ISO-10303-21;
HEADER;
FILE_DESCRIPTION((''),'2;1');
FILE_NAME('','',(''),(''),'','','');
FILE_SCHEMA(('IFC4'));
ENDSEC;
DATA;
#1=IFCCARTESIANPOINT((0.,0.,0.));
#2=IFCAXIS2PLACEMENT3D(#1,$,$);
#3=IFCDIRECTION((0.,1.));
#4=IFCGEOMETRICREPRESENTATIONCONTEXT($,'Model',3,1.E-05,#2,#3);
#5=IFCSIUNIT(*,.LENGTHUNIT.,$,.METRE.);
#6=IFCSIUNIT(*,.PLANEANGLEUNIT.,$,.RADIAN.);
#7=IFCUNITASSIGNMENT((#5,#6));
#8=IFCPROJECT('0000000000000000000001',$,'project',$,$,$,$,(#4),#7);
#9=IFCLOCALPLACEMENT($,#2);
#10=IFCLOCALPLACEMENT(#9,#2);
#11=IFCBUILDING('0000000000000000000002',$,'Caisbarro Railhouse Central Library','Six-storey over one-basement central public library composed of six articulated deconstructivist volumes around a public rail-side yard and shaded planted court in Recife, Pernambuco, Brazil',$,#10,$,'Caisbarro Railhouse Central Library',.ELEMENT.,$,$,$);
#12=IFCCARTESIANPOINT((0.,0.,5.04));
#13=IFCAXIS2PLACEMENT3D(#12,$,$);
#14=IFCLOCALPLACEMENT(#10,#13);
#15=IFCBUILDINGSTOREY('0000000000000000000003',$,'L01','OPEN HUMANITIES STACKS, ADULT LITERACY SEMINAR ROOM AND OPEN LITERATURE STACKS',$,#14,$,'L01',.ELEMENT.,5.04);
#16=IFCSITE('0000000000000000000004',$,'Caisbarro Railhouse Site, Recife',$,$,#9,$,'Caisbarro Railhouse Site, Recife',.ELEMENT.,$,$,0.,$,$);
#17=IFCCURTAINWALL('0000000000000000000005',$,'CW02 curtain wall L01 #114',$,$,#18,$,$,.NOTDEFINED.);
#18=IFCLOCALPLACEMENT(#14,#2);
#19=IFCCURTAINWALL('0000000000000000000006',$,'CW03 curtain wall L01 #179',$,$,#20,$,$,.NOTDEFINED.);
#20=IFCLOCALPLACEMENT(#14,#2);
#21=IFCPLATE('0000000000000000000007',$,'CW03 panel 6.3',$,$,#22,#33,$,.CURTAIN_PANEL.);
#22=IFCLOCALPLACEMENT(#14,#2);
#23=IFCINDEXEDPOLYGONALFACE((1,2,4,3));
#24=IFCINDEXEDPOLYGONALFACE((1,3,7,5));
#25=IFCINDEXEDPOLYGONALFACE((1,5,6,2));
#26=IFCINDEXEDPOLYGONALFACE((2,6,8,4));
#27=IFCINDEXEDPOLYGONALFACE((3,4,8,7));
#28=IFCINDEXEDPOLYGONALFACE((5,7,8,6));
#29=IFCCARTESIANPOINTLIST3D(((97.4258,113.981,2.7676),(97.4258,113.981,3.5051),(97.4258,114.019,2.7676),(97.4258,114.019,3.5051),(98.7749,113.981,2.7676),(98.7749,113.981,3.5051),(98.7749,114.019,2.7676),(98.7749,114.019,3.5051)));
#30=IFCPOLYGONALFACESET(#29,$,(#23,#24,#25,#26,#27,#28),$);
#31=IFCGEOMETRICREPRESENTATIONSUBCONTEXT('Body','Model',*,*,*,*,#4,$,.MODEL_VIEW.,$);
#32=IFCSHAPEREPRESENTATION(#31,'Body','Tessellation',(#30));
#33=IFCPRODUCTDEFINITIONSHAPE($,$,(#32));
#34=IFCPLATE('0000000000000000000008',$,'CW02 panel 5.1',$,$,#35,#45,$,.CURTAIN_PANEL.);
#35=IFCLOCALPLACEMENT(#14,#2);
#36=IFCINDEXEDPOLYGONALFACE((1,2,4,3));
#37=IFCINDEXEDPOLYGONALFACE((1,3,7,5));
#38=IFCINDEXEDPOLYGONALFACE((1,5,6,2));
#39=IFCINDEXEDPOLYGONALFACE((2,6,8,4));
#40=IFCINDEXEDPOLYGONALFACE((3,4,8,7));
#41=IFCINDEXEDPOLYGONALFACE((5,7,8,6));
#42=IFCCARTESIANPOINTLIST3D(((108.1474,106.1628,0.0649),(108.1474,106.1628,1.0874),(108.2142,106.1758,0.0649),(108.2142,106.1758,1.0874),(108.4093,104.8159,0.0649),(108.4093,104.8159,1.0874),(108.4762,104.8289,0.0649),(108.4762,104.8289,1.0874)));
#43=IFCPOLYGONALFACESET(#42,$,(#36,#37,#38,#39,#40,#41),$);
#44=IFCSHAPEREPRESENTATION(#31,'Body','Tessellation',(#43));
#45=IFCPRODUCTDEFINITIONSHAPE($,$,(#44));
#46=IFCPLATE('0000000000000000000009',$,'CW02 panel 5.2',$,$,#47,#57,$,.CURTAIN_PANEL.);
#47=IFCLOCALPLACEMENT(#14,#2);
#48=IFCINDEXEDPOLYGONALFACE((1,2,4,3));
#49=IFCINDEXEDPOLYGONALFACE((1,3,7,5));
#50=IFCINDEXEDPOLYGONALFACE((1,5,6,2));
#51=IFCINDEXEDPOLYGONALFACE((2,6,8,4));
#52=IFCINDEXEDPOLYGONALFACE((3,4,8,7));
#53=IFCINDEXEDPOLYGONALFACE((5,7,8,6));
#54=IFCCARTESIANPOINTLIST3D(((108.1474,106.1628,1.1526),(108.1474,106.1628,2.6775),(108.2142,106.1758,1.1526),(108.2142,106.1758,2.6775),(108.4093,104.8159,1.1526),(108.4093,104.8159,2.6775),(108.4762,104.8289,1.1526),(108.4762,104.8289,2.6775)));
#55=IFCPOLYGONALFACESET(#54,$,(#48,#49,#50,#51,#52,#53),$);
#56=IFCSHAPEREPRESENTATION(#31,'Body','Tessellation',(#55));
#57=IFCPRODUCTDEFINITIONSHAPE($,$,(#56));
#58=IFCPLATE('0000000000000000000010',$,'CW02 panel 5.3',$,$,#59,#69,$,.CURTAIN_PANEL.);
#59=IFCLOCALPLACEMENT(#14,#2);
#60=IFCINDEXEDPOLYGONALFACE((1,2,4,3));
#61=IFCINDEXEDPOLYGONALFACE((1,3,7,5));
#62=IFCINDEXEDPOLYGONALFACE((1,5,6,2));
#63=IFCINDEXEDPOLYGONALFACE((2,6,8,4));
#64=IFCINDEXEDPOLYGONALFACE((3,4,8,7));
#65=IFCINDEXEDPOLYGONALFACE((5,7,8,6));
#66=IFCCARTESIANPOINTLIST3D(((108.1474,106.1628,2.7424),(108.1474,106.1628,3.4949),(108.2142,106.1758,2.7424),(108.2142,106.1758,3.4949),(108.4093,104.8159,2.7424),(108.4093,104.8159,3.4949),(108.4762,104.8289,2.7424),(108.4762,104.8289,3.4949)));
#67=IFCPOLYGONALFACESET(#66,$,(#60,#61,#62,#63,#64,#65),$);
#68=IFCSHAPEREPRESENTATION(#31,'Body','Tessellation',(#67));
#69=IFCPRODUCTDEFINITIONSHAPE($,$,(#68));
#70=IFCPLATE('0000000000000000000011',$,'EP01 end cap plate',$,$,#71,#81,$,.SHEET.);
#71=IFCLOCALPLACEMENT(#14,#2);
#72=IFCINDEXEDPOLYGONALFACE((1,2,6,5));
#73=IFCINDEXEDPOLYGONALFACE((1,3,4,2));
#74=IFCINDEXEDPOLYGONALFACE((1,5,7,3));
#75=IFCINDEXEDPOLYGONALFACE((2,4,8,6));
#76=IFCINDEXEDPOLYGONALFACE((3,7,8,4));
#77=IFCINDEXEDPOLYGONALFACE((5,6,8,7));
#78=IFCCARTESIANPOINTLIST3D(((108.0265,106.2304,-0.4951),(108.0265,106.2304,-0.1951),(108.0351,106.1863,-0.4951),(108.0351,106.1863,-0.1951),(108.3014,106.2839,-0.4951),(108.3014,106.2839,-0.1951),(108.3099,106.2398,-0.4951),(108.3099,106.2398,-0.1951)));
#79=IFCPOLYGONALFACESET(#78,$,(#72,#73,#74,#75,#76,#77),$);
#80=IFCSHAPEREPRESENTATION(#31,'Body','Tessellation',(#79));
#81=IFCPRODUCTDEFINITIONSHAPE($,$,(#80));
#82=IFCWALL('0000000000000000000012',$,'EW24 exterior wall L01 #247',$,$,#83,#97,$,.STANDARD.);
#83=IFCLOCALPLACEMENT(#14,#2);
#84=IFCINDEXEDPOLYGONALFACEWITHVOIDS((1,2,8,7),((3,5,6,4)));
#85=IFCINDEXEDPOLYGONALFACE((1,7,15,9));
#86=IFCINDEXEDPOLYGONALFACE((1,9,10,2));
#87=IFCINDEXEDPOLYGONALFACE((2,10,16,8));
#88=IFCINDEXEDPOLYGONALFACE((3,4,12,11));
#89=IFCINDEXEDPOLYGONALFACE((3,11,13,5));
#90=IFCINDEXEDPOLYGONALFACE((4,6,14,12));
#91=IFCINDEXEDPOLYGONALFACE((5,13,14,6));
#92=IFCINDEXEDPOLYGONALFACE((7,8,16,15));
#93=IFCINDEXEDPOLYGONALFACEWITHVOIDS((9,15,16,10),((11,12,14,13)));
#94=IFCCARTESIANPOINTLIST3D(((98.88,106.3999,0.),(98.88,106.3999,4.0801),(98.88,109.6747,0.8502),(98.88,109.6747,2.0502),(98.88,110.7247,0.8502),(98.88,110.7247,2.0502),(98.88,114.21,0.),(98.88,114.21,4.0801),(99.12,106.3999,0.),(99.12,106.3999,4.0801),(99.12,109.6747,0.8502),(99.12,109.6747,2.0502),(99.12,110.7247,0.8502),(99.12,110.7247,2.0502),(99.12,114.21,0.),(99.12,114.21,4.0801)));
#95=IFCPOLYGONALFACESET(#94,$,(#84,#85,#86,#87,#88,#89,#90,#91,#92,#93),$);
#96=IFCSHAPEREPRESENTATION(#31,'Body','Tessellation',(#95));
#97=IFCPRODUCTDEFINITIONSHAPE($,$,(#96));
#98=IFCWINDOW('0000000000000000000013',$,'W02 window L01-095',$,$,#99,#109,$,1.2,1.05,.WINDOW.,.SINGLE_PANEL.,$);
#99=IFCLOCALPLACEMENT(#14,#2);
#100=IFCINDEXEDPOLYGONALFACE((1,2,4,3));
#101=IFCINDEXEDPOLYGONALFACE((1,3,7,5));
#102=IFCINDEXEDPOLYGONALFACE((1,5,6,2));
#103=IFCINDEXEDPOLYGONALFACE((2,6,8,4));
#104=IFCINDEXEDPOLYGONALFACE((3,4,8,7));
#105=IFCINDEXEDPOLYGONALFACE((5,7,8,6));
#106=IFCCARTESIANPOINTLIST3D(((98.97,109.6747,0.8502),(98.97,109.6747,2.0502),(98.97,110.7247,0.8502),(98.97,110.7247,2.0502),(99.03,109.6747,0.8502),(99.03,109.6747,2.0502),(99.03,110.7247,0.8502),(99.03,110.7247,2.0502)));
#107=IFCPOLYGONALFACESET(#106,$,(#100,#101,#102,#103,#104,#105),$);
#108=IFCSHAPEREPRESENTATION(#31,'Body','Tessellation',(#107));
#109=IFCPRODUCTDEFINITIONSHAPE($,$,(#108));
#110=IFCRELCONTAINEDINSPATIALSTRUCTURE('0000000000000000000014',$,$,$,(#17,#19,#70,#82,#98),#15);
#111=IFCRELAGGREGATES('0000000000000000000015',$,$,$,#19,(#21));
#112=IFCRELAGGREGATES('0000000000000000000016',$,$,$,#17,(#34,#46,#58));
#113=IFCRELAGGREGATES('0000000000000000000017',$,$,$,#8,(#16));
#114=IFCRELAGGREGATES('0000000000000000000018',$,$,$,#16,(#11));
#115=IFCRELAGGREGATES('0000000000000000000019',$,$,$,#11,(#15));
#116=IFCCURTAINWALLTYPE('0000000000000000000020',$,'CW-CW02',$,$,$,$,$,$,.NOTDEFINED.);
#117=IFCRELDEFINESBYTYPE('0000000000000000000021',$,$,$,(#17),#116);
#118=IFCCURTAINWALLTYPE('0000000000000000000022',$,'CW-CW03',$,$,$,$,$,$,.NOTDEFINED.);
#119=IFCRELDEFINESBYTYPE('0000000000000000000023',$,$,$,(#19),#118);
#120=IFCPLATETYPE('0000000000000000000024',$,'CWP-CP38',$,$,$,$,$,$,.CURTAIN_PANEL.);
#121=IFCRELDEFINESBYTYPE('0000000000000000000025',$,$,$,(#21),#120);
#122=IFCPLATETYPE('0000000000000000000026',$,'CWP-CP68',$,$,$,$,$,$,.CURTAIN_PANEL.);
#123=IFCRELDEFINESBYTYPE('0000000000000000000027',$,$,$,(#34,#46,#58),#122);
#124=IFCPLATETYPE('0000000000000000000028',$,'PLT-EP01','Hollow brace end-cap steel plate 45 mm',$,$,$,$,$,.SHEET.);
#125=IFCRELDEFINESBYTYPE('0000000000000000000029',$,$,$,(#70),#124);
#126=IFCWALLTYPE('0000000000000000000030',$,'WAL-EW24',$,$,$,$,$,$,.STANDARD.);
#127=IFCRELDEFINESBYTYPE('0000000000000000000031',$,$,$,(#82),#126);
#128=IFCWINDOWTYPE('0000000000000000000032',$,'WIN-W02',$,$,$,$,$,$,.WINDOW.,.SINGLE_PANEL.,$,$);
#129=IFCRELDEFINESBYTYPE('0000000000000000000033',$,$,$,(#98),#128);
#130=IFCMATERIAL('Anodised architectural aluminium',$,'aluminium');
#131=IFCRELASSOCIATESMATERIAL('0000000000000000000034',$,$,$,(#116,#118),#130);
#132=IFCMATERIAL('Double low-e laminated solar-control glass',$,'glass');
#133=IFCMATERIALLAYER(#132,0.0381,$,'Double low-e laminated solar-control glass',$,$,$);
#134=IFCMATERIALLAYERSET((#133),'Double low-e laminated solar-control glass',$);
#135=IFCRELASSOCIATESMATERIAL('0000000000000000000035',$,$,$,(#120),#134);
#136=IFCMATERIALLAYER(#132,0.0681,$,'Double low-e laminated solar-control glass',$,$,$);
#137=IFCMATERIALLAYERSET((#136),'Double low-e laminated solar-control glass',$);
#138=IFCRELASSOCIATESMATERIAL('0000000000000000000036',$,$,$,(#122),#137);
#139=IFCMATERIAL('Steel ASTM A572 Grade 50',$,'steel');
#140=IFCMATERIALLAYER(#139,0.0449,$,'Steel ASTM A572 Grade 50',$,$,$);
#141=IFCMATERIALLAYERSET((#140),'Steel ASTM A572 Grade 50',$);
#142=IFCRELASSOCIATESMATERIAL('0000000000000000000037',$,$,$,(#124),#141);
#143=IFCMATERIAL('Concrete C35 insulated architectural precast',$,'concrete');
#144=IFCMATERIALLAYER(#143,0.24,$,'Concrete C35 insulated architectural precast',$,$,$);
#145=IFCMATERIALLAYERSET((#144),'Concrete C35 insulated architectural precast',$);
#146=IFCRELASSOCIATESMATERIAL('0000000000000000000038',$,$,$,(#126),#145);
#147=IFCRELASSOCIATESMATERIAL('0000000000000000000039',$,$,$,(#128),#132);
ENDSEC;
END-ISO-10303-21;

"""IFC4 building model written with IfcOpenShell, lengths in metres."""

from ifc_helpers import new_model, si_unit, direction, frame, frame_2d, origin, origin_2d, place, context, subcontext, project, spatial, rectangle, extrude, material, layer, layer_set, type_object, element, fill, aggregate, save


model = new_model("IFC4")

# Units and contexts
model_context = context("Model", 3, precision=1e-05, world=origin(), true_north=direction((0.0, 1.0)))
body_context = subcontext(model_context, "Body", "Model", "MODEL_VIEW")
ifc_project = project(units=[si_unit("LENGTHUNIT", "METRE"), si_unit("PLANEANGLEUNIT", "RADIAN")], contexts=[model_context])

# Site, building, storey
site_placement = place(None, origin())
site = spatial("IfcSite", under=ifc_project, at=site_placement, Name="Caisbarro Railhouse Site, Recife", LongName="Caisbarro Railhouse Site, Recife", CompositionType="ELEMENT", RefElevation=0.0)
building_placement = place(site_placement, origin())
building = spatial("IfcBuilding", under=site, at=building_placement, Name="Caisbarro Railhouse Central Library", Description="Six-storey over one-basement central public library composed of six articulated deconstructivist volumes around a public rail-side yard and shaded planted court in Recife, Pernambuco, Brazil", LongName="Caisbarro Railhouse Central Library", CompositionType="ELEMENT")
storey_placement = place(building_placement, frame((0.0, 0.0, 5.04)))
storey = spatial("IfcBuildingStorey", under=building, at=storey_placement, Name="L01", Description="OPEN HUMANITIES STACKS, ADULT LITERACY SEMINAR ROOM AND OPEN LITERATURE STACKS", LongName="L01", CompositionType="ELEMENT", Elevation=5.04)

# Shared definitions
ifc_material_1 = material(Name="Steel ASTM A572 Grade 50", Category="steel")

# Curtain wall
ifc_material_2 = material(Name="Anodised architectural aluminium", Category="aluminium")
curtain_wall_type_1 = type_object("IfcCurtainWallType", Name="CW-CW02", PredefinedType="NOTDEFINED", material=ifc_material_2)
curtain_wall_1_placement = place(storey_placement, origin())
curtain_wall_1 = element("IfcCurtainWall", 1, at=curtain_wall_1_placement, inside=storey, type_object=curtain_wall_type_1, Name="CW02 curtain wall L01 #114", PredefinedType="NOTDEFINED")
curtain_wall_type_2 = type_object("IfcCurtainWallType", Name="CW-CW03", PredefinedType="NOTDEFINED", material=ifc_material_2)

# Curtain wall
curtain_wall_2_placement = place(storey_placement, origin())
curtain_wall_2 = element("IfcCurtainWall", 2, at=curtain_wall_2_placement, inside=storey, type_object=curtain_wall_type_2, Name="CW03 curtain wall L01 #179", PredefinedType="NOTDEFINED")

# Plates
ifc_material_3 = material(Name="Double low-e laminated solar-control glass", Category="glass")
ifc_layer_1 = layer(ifc_material_3, 0.0381, Name="Double low-e laminated solar-control glass")
ifc_layer_set_1 = layer_set([ifc_layer_1], Name="Double low-e laminated solar-control glass")
plate_type_1 = type_object("IfcPlateType", Name="CWP-CP38", PredefinedType="CURTAIN_PANEL", material=ifc_layer_set_1)
plate_1_placement = place(storey_placement, frame((98.1003, 114.0, 2.7676), z_axis=(0.0, 0.0, 1.0), x_axis=(1.0, 0.0, 0.0)))
plate_1 = element("IfcPlate", 3, at=plate_1_placement, type_object=plate_type_1, Name="CW03 panel 6.3", PredefinedType="CURTAIN_PANEL", context=body_context, shape_type="SweptSolid", body=[
    extrude(rectangle(XDim=1.3491, YDim=0.0381, at=origin_2d()), origin(), (0.0, 0.0, 1.0), 0.7375),
])
aggregate(curtain_wall_2, [plate_1])
ifc_layer_2 = layer(ifc_material_3, 0.0681, Name="Double low-e laminated solar-control glass")
ifc_layer_set_2 = layer_set([ifc_layer_2], Name="Double low-e laminated solar-control glass")
plate_type_2 = type_object("IfcPlateType", Name="CWP-CP68", PredefinedType="CURTAIN_PANEL", material=ifc_layer_set_2)
plate_2_placement = place(storey_placement, frame((108.3118, 105.4958, 0.0649), z_axis=(0.0, 0.0, 1.0), x_axis=(-0.190911, 0.981607, 0.0)))
plate_2 = element("IfcPlate", 4, at=plate_2_placement, type_object=plate_type_2, Name="CW02 panel 5.1", PredefinedType="CURTAIN_PANEL", context=body_context, shape_type="SweptSolid", body=[
    extrude(rectangle(XDim=1.3721, YDim=0.0681, at=origin_2d()), origin(), (0.0, 0.0, 1.0), 1.0225),
])
plate_3_placement = place(storey_placement, frame((108.3118, 105.4958, 1.1526), z_axis=(0.0, 0.0, 1.0), x_axis=(-0.190911, 0.981607, 0.0)))
plate_3 = element("IfcPlate", 5, at=plate_3_placement, type_object=plate_type_2, Name="CW02 panel 5.2", PredefinedType="CURTAIN_PANEL", context=body_context, shape_type="SweptSolid", body=[
    extrude(rectangle(XDim=1.3721, YDim=0.0681, at=origin_2d()), origin(), (0.0, 0.0, 1.0), 1.5249),
])
plate_4_placement = place(storey_placement, frame((108.3118, 105.4958, 2.7424), z_axis=(0.0, 0.0, 1.0), x_axis=(-0.190911, 0.981607, 0.0)))
plate_4 = element("IfcPlate", 6, at=plate_4_placement, type_object=plate_type_2, Name="CW02 panel 5.3", PredefinedType="CURTAIN_PANEL", context=body_context, shape_type="SweptSolid", body=[
    extrude(rectangle(XDim=1.3721, YDim=0.0681, at=origin_2d()), origin(), (0.0, 0.0, 1.0), 0.7524),
])
aggregate(curtain_wall_1, [plate_2, plate_3, plate_4])
ifc_layer_3 = layer(ifc_material_1, 0.0449, Name="Steel ASTM A572 Grade 50")
ifc_layer_set_3 = layer_set([ifc_layer_3], Name="Steel ASTM A572 Grade 50")
plate_type_3 = type_object("IfcPlateType", Name="PLT-EP01", Description="Hollow brace end-cap steel plate 45 mm", PredefinedType="SHEET", material=ifc_layer_set_3)
plate_5_placement = place(storey_placement, frame((108.1682, 106.2351, -0.4951), z_axis=(0.0, 0.0, 1.0), x_axis=(-0.190809, 0.981627, 0.0)))
element("IfcPlate", 7, at=plate_5_placement, inside=storey, type_object=plate_type_3, Name="EP01 end cap plate", PredefinedType="SHEET", context=body_context, shape_type="SweptSolid", body=[
    extrude(rectangle(XDim=0.0449, YDim=0.28, at=origin_2d()), origin(), (0.0, 0.0, 1.0), 0.3),
])

# Wall, opening, window
ifc_material_4 = material(Name="Concrete C35 insulated architectural precast", Category="concrete")
ifc_layer_4 = layer(ifc_material_4, 0.24, Name="Concrete C35 insulated architectural precast")
ifc_layer_set_4 = layer_set([ifc_layer_4], Name="Concrete C35 insulated architectural precast")
wall_type = type_object("IfcWallType", Name="WAL-EW24", PredefinedType="STANDARD", material=ifc_layer_set_4)
wall_placement = place(storey_placement, frame((99.0, 106.3999, 0.0), z_axis=(0.0, 0.0, 1.0), x_axis=(0.0, 1.0, 0.0)))
wall = element("IfcWall", 8, at=wall_placement, inside=storey, type_object=wall_type, Name="EW24 exterior wall L01 #247", PredefinedType="STANDARD", context=body_context, shape_type="SweptSolid", body=[
    extrude(rectangle(XDim=7.8101, YDim=0.24, at=frame_2d((3.905, 0.0))), origin(), (0.0, 0.0, 1.0), 4.0801),
])
opening_placement = place(wall_placement, frame((3.2749, 0.0, 0.8501)))
opening = element("IfcOpeningElement", 9, at=opening_placement, cuts=wall, PredefinedType="OPENING", context=body_context, shape_type="SweptSolid", body=[
    extrude(rectangle(XDim=1.05, YDim=1.2, at=frame_2d((0.5249, 0.6001))), frame((0.0, 0.1299, 0.0), z_axis=(0.0, -1.0, 0.0), x_axis=(1.0, 0.0, 0.0)), (0.0, 0.0, 1.0), 0.26),
])
window_type = type_object("IfcWindowType", Name="WIN-W02", PartitioningType="SINGLE_PANEL", PredefinedType="WINDOW", material=ifc_material_3)
window_placement = place(opening_placement, origin())
window = element("IfcWindow", 10, at=window_placement, inside=storey, type_object=window_type, Name="W02 window L01-095", OverallHeight=1.2, OverallWidth=1.05, PartitioningType="SINGLE_PANEL", PredefinedType="WINDOW", context=body_context, shape_type="SweptSolid", body=[
    extrude(rectangle(XDim=1.05, YDim=1.2, at=frame_2d((0.5249, 0.6001))), frame((0.0, 0.03, 0.0), z_axis=(0.0, -1.0, 0.0), x_axis=(1.0, 0.0, 0.0)), (0.0, 0.0, 1.0), 0.0601),
])
fill(opening, window)

save(model, "model.ifc")
